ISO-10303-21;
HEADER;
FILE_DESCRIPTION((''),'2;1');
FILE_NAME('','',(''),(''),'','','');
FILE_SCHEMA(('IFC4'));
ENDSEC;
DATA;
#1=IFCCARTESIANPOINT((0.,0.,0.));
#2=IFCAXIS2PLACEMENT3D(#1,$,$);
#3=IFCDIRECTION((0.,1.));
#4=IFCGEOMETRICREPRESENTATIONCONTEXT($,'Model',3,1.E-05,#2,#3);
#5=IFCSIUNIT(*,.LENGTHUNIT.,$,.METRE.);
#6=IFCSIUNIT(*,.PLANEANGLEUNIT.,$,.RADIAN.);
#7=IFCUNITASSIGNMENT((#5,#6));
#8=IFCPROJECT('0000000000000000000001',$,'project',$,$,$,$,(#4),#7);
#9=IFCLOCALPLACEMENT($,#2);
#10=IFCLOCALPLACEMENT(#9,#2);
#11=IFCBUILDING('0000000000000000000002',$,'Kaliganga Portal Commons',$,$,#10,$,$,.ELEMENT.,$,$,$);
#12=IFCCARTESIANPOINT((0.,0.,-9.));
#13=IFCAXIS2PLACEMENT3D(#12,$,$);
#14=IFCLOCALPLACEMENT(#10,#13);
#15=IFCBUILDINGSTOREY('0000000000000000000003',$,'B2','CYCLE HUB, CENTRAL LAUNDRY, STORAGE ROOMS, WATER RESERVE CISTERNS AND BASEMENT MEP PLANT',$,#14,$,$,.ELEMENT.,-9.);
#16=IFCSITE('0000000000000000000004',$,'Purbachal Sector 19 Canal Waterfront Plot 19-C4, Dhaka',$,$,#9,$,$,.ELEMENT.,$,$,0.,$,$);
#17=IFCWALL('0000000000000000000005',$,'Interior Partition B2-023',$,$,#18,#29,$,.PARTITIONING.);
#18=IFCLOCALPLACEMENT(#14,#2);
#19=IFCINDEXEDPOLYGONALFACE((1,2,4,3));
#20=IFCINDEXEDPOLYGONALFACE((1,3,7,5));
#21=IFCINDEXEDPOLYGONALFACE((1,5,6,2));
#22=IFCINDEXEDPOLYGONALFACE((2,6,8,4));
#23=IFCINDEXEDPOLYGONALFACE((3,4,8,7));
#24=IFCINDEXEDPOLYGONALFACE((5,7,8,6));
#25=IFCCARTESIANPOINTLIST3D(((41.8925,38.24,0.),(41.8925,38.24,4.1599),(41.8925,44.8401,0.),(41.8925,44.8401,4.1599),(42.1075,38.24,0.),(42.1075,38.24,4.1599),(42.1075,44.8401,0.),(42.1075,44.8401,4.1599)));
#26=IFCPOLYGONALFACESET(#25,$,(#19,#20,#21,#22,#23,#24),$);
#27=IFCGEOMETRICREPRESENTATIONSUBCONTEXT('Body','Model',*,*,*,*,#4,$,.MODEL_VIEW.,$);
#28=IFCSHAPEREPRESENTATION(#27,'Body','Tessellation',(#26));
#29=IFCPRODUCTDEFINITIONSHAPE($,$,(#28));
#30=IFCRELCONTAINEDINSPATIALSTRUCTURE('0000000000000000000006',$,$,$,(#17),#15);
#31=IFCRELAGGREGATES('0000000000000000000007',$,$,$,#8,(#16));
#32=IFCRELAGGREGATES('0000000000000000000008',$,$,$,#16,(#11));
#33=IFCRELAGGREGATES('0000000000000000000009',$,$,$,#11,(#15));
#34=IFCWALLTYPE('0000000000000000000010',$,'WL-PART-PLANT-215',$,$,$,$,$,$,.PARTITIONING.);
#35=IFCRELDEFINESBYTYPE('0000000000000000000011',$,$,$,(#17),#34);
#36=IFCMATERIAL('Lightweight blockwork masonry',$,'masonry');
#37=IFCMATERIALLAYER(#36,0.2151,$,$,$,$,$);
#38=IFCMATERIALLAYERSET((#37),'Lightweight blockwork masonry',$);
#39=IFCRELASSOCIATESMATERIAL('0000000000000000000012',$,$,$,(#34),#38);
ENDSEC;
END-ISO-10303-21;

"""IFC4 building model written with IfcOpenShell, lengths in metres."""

from ifc_helpers import new_model, si_unit, direction, frame, frame_2d, origin, place, context, subcontext, project, spatial, rectangle, extrude, material, layer, layer_set, type_object, element, save


model = new_model("IFC4")

# Units and contexts
model_context = context("Model", 3, precision=1e-05, world=origin(), true_north=direction((0.0, 1.0)))
body_context = subcontext(model_context, "Body", "Model", "MODEL_VIEW")
ifc_project = project(units=[si_unit("LENGTHUNIT", "METRE"), si_unit("PLANEANGLEUNIT", "RADIAN")], contexts=[model_context])

# Site, building, storey
site_placement = place(None, origin())
site = spatial("IfcSite", under=ifc_project, at=site_placement, Name="Purbachal Sector 19 Canal Waterfront Plot 19-C4, Dhaka", CompositionType="ELEMENT", RefElevation=0.0)
building_placement = place(site_placement, origin())
building = spatial("IfcBuilding", under=site, at=building_placement, Name="Kaliganga Portal Commons", CompositionType="ELEMENT")
storey_placement = place(building_placement, frame((0.0, 0.0, -9.0)))
storey = spatial("IfcBuildingStorey", under=building, at=storey_placement, Name="B2", Description="CYCLE HUB, CENTRAL LAUNDRY, STORAGE ROOMS, WATER RESERVE CISTERNS AND BASEMENT MEP PLANT", CompositionType="ELEMENT", Elevation=-9.0)

# Shared definitions
ifc_material_1 = material(Name="Lightweight blockwork masonry", Category="masonry")
ifc_layer = layer(ifc_material_1, 0.2151)
ifc_layer_set = layer_set([ifc_layer], Name="Lightweight blockwork masonry")
wall_type = type_object("IfcWallType", Name="WL-PART-PLANT-215", PredefinedType="PARTITIONING", material=ifc_layer_set)

# Wall
wall_1_placement = place(storey_placement, frame((42.0, 38.24, 0.0), z_axis=(0.0, 0.0, 1.0), x_axis=(0.0, 1.0, 0.0)))
element("IfcWall", 1, at=wall_1_placement, inside=storey, type_object=wall_type, Name="Interior Partition B2-023", PredefinedType="PARTITIONING", context=body_context, shape_type="SweptSolid", body=[
    extrude(rectangle(XDim=6.6001, YDim=0.2151, at=frame_2d((3.3, 0.0))), origin(), (0.0, 0.0, 1.0), 4.1599),
])

save(model, "model.ifc")
